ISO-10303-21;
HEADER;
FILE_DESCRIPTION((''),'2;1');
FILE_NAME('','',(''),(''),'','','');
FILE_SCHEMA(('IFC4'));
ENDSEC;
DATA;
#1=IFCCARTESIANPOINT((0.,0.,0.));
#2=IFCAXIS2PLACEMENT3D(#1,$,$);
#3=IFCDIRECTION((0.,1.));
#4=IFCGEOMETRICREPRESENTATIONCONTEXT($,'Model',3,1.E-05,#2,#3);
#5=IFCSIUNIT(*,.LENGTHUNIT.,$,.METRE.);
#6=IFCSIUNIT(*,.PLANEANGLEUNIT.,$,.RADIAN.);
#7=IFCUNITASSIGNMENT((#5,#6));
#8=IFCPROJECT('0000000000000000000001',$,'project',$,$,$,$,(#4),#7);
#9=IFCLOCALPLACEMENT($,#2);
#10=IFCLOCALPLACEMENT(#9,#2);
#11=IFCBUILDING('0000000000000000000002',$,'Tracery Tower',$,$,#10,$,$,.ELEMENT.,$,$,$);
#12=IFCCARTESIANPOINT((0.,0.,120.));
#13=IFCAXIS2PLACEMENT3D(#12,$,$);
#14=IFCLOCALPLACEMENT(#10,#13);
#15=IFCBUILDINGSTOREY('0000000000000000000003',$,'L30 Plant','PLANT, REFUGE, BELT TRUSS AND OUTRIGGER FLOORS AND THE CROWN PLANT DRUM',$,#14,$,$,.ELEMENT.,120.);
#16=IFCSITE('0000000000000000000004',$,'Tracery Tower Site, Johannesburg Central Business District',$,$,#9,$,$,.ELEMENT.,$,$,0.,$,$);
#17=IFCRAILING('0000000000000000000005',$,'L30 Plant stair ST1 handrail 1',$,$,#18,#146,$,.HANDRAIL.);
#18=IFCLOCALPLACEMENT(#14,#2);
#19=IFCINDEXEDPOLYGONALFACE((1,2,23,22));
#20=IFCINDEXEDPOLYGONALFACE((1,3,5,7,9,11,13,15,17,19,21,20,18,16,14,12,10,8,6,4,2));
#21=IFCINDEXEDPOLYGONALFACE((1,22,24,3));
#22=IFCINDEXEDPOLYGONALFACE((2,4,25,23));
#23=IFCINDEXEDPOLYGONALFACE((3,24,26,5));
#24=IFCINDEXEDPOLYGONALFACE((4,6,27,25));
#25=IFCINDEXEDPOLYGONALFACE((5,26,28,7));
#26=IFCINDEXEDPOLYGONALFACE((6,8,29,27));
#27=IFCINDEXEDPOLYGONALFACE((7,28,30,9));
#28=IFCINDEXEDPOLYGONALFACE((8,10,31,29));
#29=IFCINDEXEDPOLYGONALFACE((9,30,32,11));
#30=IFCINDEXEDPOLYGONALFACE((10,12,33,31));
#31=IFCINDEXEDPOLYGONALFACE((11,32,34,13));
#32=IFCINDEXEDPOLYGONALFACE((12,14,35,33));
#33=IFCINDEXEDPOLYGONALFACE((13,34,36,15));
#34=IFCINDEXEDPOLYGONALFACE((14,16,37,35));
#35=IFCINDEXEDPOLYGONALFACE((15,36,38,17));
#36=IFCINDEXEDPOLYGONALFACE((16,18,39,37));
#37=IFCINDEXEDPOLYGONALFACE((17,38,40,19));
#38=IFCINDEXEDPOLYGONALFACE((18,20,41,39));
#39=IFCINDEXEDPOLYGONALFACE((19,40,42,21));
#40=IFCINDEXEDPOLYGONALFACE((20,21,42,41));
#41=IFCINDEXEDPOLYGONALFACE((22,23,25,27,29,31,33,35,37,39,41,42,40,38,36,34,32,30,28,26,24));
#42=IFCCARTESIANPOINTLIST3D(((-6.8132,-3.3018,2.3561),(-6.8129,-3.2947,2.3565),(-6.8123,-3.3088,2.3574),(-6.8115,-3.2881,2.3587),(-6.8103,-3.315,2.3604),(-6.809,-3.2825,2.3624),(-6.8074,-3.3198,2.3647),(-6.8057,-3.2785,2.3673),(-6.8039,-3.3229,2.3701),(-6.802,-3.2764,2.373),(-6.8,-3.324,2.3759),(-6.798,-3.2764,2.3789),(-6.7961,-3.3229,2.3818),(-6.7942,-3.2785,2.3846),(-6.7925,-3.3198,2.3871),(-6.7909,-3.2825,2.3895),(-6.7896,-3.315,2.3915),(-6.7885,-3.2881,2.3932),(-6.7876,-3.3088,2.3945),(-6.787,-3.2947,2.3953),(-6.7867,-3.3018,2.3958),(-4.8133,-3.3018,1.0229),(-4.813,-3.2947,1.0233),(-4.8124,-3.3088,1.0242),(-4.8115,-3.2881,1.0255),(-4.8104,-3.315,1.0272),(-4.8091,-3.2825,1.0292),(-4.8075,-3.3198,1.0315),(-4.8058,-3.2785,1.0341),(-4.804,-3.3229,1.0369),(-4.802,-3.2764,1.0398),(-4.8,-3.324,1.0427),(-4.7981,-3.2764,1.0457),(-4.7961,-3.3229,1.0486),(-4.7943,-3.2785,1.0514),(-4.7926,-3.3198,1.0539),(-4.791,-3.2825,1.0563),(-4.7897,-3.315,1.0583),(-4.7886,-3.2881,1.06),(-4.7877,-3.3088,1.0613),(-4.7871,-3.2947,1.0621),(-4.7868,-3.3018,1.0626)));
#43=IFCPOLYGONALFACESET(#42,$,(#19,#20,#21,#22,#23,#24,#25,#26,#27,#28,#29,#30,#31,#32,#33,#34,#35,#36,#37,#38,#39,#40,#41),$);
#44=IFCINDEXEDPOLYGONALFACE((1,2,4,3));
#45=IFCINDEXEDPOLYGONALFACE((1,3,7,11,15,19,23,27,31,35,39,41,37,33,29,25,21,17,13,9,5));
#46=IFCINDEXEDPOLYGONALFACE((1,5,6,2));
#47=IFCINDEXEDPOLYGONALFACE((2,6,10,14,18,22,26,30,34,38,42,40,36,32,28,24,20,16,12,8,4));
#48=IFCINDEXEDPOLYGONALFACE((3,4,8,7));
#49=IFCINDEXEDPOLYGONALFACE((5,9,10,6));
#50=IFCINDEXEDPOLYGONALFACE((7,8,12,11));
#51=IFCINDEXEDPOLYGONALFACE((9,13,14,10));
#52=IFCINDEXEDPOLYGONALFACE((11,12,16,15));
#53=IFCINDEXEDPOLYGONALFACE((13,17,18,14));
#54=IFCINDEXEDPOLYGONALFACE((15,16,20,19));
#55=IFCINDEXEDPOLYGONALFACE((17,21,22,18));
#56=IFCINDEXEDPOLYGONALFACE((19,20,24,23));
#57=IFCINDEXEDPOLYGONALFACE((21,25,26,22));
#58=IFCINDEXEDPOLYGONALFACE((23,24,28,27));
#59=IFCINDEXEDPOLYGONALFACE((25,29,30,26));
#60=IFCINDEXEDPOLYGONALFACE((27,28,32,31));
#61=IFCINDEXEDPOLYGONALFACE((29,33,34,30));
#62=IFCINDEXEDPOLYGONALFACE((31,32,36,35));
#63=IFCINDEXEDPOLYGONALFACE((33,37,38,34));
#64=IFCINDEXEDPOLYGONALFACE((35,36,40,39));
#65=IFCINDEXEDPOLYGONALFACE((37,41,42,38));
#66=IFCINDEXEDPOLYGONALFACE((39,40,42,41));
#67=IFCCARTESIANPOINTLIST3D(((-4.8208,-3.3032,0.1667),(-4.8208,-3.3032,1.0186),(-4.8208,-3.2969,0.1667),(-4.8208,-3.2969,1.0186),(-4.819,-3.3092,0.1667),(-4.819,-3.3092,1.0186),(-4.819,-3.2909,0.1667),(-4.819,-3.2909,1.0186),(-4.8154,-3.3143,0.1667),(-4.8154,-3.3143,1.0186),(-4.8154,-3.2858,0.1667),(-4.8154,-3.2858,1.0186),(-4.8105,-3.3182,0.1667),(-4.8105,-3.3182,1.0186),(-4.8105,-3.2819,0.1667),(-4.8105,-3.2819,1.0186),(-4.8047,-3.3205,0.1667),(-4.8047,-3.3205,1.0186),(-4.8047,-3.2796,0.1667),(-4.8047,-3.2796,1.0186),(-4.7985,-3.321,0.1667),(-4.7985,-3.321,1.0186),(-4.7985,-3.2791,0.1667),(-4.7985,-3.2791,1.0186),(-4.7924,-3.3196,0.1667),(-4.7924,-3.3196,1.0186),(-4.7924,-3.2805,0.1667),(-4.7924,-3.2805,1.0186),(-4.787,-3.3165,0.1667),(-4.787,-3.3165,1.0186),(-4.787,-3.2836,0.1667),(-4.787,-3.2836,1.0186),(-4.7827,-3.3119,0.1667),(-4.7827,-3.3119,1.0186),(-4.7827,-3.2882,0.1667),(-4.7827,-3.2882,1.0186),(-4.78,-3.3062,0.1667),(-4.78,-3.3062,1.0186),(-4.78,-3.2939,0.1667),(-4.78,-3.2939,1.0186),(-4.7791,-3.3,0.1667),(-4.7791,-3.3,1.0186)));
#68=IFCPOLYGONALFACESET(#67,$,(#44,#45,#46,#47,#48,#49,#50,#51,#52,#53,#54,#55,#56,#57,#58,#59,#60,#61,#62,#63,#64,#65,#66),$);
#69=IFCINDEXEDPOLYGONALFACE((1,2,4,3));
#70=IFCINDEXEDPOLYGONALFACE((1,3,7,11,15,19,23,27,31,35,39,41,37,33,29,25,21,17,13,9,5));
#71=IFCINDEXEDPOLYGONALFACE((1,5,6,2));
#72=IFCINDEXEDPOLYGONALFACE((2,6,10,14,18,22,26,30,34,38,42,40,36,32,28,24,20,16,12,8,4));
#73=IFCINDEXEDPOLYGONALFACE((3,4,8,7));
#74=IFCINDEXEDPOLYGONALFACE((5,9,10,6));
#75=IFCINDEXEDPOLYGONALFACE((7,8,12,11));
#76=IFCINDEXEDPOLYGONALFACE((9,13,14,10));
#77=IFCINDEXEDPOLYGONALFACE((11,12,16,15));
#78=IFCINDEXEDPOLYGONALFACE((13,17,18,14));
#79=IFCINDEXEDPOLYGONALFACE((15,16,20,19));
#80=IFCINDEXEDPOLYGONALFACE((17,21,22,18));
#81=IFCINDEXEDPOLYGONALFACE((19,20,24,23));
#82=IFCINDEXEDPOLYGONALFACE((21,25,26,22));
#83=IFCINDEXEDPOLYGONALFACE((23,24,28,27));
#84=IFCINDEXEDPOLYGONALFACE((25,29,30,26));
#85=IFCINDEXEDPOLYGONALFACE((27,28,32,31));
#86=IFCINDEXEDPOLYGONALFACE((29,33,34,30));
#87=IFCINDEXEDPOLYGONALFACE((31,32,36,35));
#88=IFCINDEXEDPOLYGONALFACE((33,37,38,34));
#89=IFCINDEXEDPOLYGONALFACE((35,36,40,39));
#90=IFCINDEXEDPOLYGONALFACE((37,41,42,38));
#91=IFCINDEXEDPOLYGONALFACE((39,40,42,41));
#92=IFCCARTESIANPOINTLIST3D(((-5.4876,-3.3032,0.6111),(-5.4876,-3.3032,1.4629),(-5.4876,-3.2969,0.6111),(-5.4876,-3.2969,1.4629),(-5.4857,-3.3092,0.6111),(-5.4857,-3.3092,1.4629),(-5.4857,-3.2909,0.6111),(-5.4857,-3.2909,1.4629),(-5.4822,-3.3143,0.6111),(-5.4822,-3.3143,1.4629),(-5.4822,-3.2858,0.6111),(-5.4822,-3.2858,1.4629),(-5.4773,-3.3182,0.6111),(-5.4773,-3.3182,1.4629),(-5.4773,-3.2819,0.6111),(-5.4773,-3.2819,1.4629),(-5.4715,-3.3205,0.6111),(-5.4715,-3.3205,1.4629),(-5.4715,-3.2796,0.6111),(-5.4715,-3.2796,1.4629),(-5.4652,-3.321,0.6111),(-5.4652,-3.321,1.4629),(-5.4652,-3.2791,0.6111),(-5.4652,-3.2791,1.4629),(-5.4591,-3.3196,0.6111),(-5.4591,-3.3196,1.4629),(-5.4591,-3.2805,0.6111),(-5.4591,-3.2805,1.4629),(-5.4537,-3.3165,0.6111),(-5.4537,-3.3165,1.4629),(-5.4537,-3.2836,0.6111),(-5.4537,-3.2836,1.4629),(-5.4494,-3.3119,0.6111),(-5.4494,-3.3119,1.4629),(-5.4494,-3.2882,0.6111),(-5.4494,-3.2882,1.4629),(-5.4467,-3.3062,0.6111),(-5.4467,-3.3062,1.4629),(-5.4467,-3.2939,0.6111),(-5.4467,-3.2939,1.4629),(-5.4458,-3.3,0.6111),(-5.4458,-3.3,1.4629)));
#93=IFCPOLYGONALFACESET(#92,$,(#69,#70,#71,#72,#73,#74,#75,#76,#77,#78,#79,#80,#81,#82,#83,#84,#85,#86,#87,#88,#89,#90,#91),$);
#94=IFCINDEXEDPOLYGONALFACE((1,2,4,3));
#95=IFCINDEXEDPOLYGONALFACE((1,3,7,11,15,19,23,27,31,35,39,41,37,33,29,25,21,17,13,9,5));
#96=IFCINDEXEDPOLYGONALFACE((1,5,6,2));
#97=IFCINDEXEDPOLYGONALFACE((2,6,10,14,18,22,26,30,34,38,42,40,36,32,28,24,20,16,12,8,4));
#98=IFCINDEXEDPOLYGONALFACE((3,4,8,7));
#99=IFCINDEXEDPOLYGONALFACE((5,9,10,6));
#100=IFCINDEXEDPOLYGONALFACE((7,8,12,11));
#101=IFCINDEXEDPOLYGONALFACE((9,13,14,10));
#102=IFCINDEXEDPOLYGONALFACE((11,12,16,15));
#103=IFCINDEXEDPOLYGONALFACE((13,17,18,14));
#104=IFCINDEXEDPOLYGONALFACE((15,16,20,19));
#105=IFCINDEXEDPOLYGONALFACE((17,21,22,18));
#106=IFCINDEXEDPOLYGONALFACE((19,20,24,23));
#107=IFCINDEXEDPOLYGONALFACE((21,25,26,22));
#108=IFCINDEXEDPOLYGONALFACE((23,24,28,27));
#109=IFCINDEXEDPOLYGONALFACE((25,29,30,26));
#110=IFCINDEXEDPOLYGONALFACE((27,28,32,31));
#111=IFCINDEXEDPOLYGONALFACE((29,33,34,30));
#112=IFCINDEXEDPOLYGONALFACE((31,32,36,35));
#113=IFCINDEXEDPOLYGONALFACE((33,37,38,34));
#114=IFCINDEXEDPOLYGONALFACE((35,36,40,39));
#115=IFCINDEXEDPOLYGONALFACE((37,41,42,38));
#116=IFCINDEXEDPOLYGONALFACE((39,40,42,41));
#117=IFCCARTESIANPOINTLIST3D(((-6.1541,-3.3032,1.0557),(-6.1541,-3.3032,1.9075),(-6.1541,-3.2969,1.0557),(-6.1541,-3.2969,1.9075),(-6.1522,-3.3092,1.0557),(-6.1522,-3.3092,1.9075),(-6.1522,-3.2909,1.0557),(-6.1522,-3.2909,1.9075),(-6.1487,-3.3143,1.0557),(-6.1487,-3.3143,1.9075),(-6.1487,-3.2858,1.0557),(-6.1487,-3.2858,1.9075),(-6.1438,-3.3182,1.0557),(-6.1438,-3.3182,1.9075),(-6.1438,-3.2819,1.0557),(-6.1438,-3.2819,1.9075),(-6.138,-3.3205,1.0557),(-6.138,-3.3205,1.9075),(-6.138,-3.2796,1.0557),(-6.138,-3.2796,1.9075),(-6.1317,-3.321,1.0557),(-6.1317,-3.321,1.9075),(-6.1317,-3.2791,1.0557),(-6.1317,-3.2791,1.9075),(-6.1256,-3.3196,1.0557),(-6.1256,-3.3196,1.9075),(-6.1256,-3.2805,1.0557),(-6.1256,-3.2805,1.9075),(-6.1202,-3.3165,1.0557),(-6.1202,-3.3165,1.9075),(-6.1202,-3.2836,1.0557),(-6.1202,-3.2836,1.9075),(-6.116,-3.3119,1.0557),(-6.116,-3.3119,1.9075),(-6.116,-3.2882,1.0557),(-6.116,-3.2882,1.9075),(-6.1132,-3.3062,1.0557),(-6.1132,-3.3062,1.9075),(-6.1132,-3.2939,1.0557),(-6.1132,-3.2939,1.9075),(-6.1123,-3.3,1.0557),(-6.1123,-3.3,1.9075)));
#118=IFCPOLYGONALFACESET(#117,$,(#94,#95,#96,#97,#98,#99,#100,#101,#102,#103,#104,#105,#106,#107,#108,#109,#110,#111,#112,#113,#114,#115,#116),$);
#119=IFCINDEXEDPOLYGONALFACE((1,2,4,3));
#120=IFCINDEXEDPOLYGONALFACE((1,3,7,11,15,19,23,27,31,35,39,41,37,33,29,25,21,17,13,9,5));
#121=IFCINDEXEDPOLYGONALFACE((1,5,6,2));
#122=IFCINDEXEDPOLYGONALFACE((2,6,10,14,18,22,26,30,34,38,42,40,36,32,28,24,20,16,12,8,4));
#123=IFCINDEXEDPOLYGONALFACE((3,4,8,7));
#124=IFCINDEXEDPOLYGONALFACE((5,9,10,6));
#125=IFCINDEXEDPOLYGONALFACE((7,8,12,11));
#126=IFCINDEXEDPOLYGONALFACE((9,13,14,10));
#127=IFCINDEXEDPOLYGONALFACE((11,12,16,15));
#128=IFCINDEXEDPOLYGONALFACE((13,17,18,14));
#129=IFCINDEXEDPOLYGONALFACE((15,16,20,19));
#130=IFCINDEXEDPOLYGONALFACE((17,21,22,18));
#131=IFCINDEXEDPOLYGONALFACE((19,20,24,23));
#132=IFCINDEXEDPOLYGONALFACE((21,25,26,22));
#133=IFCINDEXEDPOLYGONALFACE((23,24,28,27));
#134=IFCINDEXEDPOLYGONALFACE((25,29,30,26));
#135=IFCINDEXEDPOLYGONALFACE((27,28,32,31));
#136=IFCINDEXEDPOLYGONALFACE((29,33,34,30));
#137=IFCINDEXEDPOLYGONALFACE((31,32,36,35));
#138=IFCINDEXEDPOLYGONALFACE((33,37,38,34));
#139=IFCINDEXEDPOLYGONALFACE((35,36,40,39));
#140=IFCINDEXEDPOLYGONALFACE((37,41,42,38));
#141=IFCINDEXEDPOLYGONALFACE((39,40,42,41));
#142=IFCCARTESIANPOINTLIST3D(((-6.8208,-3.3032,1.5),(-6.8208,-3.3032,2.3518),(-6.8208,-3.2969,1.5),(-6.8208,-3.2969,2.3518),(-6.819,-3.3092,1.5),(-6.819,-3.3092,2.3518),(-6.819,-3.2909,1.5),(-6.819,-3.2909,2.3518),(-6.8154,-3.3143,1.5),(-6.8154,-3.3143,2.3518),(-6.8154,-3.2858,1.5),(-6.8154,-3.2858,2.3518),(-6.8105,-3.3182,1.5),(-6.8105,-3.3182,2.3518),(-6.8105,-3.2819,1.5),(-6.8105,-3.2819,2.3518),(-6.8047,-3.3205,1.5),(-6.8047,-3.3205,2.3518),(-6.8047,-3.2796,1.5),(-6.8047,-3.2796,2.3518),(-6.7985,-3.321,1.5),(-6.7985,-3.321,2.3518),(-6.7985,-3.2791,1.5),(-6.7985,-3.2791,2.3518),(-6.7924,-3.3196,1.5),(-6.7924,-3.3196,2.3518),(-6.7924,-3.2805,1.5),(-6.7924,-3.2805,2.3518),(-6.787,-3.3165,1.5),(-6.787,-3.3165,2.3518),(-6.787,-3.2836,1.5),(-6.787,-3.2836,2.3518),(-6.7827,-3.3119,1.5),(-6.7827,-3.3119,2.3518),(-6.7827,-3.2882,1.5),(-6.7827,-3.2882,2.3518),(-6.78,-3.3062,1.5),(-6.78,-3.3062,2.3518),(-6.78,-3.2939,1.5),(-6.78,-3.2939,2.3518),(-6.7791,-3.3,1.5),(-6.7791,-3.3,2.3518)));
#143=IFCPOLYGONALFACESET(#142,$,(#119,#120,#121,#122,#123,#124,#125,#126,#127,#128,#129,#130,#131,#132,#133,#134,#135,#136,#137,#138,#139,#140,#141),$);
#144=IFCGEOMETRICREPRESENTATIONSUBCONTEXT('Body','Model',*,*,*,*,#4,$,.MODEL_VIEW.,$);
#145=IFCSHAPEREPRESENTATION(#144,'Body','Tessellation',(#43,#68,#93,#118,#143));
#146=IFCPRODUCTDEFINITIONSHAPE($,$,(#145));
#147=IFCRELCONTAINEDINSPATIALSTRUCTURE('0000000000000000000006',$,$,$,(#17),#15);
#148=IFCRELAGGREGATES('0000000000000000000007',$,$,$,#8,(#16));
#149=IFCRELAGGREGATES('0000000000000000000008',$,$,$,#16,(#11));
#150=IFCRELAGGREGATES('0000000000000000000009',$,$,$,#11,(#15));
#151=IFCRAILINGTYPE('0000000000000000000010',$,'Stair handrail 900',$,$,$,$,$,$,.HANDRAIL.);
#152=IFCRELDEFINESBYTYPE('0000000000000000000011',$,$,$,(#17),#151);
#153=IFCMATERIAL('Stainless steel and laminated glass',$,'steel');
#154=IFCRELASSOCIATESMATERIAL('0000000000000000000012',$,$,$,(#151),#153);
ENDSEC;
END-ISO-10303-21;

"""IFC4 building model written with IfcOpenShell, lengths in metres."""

from ifc_helpers import new_model, si_unit, direction, frame, origin, origin_2d, place, context, subcontext, project, spatial, circle, extrude, material, type_object, element, save


model = new_model("IFC4")

# Units and contexts
model_context = context("Model", 3, precision=1e-05, world=origin(), true_north=direction((0.0, 1.0)))
body_context = subcontext(model_context, "Body", "Model", "MODEL_VIEW")
ifc_project = project(units=[si_unit("LENGTHUNIT", "METRE"), si_unit("PLANEANGLEUNIT", "RADIAN")], contexts=[model_context])

# Site, building, storey
site_placement = place(None, origin())
site = spatial("IfcSite", under=ifc_project, at=site_placement, Name="Tracery Tower Site, Johannesburg Central Business District", CompositionType="ELEMENT", RefElevation=0.0)
building_placement = place(site_placement, origin())
building = spatial("IfcBuilding", under=site, at=building_placement, Name="Tracery Tower", CompositionType="ELEMENT")
storey_placement = place(building_placement, frame((0.0, 0.0, 120.0)))
storey = spatial("IfcBuildingStorey", under=building, at=storey_placement, Name="L30 Plant", Description="PLANT, REFUGE, BELT TRUSS AND OUTRIGGER FLOORS AND THE CROWN PLANT DRUM", CompositionType="ELEMENT", Elevation=120.0)

# Railing
ifc_material_1 = material(Name="Stainless steel and laminated glass", Category="steel")
railing_type_1 = type_object("IfcRailingType", Name="Stair handrail 900", PredefinedType="HANDRAIL", material=ifc_material_1)
for number, where, name in (
    (1, (-4.8, -3.3, 0.1667), "L30 Plant stair ST1 handrail 1"),
):
    element("IfcRailing", number, at=place(storey_placement, frame(where)), inside=storey, type_object=railing_type_1, Name=name, PredefinedType="HANDRAIL", context=body_context, shape_type="SweptSolid", body=[
        extrude(circle(Radius=0.0239, at=origin_2d()), frame((0.0, 0.0, 0.876), z_axis=(-0.832066, 0.0, 0.554677), x_axis=(0.0, -1.0, 0.0)), (0.0, 0.0, 1.0), 2.4036),
        extrude(circle(Radius=0.021, at=origin_2d()), origin(), (0.0, 0.0, 1.0), 0.8518),
        extrude(circle(Radius=0.021, at=origin_2d()), frame((-0.6667, 0.0, 0.4443)), (0.0, 0.0, 1.0), 0.8518),
        extrude(circle(Radius=0.021, at=origin_2d()), frame((-1.3333, 0.0, 0.8889)), (0.0, 0.0, 1.0), 0.8518),
        extrude(circle(Radius=0.021, at=origin_2d()), frame((-2.0, 0.0, 1.3333)), (0.0, 0.0, 1.0), 0.8518),
    ])

save(model, "model.ifc")
